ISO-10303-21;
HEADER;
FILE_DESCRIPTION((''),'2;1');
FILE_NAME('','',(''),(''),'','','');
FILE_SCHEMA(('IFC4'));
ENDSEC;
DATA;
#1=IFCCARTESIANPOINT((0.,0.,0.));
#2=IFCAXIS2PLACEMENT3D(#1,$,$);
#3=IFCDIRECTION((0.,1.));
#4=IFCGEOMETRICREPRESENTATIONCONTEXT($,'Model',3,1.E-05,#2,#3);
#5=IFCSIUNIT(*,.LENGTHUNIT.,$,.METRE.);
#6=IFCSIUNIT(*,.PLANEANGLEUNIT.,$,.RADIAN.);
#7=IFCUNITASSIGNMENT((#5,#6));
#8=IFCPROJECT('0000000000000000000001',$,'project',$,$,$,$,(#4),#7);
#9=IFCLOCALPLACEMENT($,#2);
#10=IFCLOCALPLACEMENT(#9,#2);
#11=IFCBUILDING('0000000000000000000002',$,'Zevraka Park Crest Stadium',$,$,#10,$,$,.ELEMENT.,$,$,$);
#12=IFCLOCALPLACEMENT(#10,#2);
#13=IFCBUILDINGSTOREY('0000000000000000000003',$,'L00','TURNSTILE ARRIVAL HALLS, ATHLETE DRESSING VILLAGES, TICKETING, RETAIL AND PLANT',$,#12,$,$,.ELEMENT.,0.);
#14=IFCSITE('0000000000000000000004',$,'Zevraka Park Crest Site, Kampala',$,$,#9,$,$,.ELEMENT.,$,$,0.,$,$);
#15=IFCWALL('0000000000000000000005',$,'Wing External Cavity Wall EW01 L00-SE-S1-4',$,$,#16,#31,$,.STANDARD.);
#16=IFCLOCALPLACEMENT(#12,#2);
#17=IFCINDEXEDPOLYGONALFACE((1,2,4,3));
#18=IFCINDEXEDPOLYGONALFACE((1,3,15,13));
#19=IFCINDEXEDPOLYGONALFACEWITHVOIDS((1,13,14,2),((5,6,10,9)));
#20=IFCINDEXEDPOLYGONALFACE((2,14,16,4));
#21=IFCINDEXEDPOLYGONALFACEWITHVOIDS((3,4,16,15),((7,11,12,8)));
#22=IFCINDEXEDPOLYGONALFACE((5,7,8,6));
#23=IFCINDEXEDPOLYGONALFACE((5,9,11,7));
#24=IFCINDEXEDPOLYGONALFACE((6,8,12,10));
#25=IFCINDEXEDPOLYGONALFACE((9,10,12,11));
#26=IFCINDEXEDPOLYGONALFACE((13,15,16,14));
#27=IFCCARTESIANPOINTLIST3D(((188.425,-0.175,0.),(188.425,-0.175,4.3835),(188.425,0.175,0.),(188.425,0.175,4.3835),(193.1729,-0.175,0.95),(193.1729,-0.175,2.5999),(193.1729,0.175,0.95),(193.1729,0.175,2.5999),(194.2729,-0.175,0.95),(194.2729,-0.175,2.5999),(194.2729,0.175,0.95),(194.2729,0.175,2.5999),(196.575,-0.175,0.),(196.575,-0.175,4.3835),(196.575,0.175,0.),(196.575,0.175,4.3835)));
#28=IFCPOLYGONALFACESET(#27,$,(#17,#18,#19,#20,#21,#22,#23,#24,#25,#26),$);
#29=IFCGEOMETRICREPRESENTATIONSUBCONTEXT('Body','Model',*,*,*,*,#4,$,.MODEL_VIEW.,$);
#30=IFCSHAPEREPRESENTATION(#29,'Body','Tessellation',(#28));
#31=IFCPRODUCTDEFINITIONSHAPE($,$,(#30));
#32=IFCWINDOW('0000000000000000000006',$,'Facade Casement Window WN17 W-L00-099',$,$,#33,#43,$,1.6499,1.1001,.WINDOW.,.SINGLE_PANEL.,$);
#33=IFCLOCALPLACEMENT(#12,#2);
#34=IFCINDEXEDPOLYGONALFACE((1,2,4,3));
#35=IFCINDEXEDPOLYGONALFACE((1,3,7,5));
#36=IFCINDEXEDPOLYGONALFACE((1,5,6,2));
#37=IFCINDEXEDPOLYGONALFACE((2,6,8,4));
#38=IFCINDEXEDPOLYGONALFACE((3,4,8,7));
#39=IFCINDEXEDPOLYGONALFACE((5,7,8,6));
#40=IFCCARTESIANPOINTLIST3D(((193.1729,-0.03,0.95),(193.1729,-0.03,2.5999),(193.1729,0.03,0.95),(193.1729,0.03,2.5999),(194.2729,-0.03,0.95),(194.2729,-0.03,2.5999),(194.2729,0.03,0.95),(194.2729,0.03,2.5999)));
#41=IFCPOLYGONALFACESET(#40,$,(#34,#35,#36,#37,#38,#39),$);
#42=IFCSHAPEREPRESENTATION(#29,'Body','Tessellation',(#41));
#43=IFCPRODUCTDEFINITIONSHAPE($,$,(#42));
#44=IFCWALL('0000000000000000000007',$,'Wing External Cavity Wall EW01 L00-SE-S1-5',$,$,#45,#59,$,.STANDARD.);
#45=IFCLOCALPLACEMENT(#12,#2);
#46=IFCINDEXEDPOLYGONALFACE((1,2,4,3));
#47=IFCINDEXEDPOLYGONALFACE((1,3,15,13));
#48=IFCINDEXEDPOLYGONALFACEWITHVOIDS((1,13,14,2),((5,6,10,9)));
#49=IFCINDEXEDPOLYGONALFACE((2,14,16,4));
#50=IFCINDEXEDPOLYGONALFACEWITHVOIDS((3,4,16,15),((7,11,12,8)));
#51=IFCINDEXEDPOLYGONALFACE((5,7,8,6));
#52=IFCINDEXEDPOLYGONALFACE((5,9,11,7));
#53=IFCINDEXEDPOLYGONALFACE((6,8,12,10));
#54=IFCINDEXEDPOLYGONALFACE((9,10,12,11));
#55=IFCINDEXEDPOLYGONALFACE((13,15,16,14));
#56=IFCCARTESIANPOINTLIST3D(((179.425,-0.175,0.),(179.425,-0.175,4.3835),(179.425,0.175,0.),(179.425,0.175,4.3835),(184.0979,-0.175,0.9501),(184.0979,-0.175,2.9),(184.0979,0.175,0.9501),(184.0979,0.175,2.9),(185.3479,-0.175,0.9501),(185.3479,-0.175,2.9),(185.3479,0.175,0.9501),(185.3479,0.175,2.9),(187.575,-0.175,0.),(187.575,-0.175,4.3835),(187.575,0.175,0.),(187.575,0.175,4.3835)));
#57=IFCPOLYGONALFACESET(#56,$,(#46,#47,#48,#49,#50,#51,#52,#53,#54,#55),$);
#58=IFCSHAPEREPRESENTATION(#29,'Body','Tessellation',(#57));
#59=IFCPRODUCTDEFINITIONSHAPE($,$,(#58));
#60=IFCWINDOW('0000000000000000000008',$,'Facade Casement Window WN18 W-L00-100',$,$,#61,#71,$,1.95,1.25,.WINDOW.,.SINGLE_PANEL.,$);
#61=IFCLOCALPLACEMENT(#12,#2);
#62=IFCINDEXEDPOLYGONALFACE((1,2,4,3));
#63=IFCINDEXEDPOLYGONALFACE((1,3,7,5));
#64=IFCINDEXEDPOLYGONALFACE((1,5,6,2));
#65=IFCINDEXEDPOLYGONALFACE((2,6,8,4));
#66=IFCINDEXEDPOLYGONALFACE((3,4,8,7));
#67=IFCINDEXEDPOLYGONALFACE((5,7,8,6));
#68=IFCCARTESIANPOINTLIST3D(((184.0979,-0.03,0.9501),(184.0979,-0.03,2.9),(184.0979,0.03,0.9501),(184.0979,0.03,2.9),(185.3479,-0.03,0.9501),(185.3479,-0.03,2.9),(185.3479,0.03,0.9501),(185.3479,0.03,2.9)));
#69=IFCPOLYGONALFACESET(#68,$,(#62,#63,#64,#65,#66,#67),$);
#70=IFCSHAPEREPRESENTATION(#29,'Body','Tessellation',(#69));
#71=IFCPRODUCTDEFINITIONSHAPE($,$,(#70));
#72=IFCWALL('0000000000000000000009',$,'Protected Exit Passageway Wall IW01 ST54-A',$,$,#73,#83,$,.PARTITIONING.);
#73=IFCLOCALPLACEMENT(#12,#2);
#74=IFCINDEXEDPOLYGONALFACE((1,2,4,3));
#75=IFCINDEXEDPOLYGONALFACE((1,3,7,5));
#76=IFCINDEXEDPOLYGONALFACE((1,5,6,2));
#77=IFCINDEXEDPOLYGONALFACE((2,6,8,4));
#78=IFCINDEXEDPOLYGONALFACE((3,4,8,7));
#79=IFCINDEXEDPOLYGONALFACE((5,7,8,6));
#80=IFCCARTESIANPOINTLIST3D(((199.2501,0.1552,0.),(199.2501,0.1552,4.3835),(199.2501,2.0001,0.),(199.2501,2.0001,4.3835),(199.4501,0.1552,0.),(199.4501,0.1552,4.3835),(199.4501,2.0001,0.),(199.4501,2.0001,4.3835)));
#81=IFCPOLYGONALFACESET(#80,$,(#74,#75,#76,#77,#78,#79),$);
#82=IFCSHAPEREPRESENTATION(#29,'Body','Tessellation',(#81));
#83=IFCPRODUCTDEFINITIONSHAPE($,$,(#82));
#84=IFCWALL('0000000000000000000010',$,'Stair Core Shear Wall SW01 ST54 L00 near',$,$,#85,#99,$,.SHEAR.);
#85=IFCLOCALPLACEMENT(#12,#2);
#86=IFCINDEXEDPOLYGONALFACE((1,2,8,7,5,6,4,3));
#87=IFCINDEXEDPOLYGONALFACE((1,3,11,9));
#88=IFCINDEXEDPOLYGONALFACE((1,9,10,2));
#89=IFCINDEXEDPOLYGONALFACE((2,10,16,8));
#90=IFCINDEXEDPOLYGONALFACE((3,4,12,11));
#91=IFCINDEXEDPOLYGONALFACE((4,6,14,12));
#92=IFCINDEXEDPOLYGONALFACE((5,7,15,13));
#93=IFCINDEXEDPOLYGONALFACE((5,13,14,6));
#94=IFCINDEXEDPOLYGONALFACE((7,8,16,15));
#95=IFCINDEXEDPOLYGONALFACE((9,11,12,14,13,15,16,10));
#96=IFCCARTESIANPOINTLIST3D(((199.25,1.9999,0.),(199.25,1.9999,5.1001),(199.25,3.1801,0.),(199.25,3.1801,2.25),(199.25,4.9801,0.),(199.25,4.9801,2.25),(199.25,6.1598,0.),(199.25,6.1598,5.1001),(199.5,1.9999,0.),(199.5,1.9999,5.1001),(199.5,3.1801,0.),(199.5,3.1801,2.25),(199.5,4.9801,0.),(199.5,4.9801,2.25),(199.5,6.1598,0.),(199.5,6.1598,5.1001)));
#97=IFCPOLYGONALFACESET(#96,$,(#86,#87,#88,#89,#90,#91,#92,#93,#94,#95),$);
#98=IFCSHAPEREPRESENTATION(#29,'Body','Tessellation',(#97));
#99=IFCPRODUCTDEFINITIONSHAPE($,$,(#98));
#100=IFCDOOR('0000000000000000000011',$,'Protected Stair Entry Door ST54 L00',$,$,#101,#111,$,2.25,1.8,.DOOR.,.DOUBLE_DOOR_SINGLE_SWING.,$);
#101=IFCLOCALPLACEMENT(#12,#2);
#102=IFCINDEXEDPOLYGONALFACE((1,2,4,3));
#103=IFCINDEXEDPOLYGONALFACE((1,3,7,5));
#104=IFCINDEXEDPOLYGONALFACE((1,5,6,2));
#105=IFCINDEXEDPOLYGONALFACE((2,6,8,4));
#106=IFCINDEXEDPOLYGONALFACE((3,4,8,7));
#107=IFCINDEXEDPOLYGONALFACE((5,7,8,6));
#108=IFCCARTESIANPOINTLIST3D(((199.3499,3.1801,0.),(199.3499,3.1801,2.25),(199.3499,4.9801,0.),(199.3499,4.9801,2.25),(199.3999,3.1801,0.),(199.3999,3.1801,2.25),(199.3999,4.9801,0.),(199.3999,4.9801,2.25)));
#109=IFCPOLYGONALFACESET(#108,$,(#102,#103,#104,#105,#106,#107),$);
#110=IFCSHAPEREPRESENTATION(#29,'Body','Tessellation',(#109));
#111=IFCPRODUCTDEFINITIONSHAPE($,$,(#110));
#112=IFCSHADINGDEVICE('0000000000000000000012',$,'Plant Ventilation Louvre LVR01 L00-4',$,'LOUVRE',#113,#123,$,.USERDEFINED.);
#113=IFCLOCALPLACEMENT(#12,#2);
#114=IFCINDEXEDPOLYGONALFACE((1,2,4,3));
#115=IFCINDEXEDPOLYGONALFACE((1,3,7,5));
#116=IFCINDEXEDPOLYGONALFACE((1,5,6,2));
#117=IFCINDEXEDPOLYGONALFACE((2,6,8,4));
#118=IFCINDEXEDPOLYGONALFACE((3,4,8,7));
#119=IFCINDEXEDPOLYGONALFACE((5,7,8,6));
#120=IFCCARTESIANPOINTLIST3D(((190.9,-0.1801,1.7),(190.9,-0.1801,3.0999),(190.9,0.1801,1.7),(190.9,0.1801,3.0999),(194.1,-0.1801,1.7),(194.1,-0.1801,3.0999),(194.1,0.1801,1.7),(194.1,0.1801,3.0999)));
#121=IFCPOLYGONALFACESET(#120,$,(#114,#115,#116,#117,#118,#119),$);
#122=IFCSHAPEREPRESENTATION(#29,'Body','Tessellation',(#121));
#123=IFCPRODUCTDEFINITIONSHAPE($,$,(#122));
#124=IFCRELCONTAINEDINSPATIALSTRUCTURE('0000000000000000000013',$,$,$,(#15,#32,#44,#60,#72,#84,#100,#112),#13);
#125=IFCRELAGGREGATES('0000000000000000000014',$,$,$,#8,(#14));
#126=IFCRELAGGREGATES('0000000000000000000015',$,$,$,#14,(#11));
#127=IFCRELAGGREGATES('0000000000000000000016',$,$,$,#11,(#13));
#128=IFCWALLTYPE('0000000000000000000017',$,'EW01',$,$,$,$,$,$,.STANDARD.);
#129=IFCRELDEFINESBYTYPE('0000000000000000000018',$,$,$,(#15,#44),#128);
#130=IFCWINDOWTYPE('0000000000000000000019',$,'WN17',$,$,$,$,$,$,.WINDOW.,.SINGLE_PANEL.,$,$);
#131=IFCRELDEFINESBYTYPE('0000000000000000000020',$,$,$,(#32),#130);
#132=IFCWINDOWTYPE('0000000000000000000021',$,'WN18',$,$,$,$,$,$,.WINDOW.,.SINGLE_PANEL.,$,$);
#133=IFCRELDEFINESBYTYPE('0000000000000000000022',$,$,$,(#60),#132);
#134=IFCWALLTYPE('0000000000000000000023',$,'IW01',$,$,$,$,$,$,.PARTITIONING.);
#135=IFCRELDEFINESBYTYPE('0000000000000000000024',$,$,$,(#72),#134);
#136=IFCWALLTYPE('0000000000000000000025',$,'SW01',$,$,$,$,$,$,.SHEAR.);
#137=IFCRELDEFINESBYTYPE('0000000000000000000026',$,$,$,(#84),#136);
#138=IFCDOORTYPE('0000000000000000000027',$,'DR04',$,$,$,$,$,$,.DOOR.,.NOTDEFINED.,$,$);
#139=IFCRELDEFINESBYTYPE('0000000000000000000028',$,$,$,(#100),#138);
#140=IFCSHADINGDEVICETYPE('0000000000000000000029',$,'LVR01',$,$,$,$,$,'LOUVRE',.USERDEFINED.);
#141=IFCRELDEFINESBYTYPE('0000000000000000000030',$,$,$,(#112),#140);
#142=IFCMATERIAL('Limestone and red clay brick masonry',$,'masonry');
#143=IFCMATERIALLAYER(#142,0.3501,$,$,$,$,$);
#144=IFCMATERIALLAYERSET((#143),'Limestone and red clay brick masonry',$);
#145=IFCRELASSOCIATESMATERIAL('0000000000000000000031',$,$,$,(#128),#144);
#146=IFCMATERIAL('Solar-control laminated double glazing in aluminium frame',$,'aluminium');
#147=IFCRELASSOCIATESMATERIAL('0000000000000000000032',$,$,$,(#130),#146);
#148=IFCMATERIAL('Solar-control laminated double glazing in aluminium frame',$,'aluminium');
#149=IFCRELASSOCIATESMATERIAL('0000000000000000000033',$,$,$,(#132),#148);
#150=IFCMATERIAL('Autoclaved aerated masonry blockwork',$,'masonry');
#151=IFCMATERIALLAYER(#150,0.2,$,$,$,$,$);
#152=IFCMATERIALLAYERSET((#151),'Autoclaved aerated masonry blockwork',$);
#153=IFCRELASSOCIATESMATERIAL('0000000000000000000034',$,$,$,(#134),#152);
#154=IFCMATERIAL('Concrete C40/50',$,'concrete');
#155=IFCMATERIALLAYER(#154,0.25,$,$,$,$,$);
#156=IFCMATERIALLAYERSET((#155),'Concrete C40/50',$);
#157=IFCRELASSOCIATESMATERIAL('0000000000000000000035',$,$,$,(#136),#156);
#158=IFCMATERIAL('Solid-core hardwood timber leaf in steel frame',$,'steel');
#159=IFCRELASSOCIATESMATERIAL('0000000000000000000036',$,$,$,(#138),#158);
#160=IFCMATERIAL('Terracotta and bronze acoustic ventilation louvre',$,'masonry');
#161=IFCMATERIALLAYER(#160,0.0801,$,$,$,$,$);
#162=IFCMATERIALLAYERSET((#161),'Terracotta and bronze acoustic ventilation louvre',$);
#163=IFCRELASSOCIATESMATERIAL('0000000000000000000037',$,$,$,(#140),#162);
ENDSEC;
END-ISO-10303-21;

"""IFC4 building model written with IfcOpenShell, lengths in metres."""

from ifc_helpers import new_model, si_unit, direction, frame, frame_2d, origin, origin_2d, place, context, subcontext, project, spatial, rectangle, extrude, material, layer, layer_set, type_object, element, fill, save


model = new_model("IFC4")

# Units and contexts
model_context = context("Model", 3, precision=1e-05, world=origin(), true_north=direction((0.0, 1.0)))
body_context = subcontext(model_context, "Body", "Model", "MODEL_VIEW")
ifc_project = project(units=[si_unit("LENGTHUNIT", "METRE"), si_unit("PLANEANGLEUNIT", "RADIAN")], contexts=[model_context])

# Site, building, storey
site_placement = place(None, origin())
site = spatial("IfcSite", under=ifc_project, at=site_placement, Name="Zevraka Park Crest Site, Kampala", CompositionType="ELEMENT", RefElevation=0.0)
building_placement = place(site_placement, origin())
building = spatial("IfcBuilding", under=site, at=building_placement, Name="Zevraka Park Crest Stadium", CompositionType="ELEMENT")
storey_placement = place(building_placement, origin())
storey = spatial("IfcBuildingStorey", under=building, at=storey_placement, Name="L00", Description="TURNSTILE ARRIVAL HALLS, ATHLETE DRESSING VILLAGES, TICKETING, RETAIL AND PLANT", CompositionType="ELEMENT", Elevation=0.0)

# Walls, openings, windows
ifc_material_1 = material(Name="Limestone and red clay brick masonry", Category="masonry")
ifc_layer_1 = layer(ifc_material_1, 0.3501)
ifc_layer_set_1 = layer_set([ifc_layer_1], Name="Limestone and red clay brick masonry")
wall_type_1 = type_object("IfcWallType", Name="EW01", PredefinedType="STANDARD", material=ifc_layer_set_1)
wall_1_placement = place(storey_placement, frame((196.575, 0.0, 0.0), z_axis=(0.0, 0.0, 1.0), x_axis=(-1.0, 0.0, 0.0)))
wall_1 = element("IfcWall", 1, at=wall_1_placement, inside=storey, type_object=wall_type_1, Name="Wing External Cavity Wall EW01 L00-SE-S1-4", PredefinedType="STANDARD", context=body_context, shape_type="SweptSolid", body=[
    extrude(rectangle(XDim=8.1499, YDim=0.3501, at=frame_2d((4.075, 0.0))), origin(), (0.0, 0.0, 1.0), 4.3835),
])
opening_1_placement = place(wall_1_placement, frame((2.302, 0.0, 0.95)))
opening_1 = element("IfcOpeningElement", 2, at=opening_1_placement, cuts=wall_1, PredefinedType="OPENING", context=body_context, shape_type="SweptSolid", body=[
    extrude(rectangle(XDim=1.1001, YDim=1.6499, at=frame_2d((0.55, 0.825))), frame((0.0, 0.1851, 0.0), z_axis=(0.0, -1.0, 0.0), x_axis=(1.0, 0.0, 0.0)), (0.0, 0.0, 1.0), 0.3701),
])
ifc_material_2 = material(Name="Solar-control laminated double glazing in aluminium frame", Category="aluminium")
window_type_1 = type_object("IfcWindowType", Name="WN17", PartitioningType="SINGLE_PANEL", PredefinedType="WINDOW", material=ifc_material_2)
window_1_placement = place(opening_1_placement, origin())
window_1 = element("IfcWindow", 3, at=window_1_placement, inside=storey, type_object=window_type_1, Name="Facade Casement Window WN17 W-L00-099", OverallHeight=1.6499, OverallWidth=1.1001, PartitioningType="SINGLE_PANEL", PredefinedType="WINDOW", context=body_context, shape_type="SweptSolid", body=[
    extrude(rectangle(XDim=1.1001, YDim=1.6499, at=frame_2d((0.55, 0.825))), frame((0.0, 0.03, 0.0), z_axis=(0.0, -1.0, 0.0), x_axis=(1.0, 0.0, 0.0)), (0.0, 0.0, 1.0), 0.0601),
])
fill(opening_1, window_1)
wall_2_placement = place(storey_placement, frame((187.575, 0.0, 0.0), z_axis=(0.0, 0.0, 1.0), x_axis=(-1.0, 0.0, 0.0)))
wall_2 = element("IfcWall", 4, at=wall_2_placement, inside=storey, type_object=wall_type_1, Name="Wing External Cavity Wall EW01 L00-SE-S1-5", PredefinedType="STANDARD", context=body_context, shape_type="SweptSolid", body=[
    extrude(rectangle(XDim=8.1499, YDim=0.3501, at=frame_2d((4.075, 0.0))), origin(), (0.0, 0.0, 1.0), 4.3835),
])
opening_2_placement = place(wall_2_placement, frame((2.2271, 0.0, 0.95)))
opening_2 = element("IfcOpeningElement", 5, at=opening_2_placement, cuts=wall_2, PredefinedType="OPENING", context=body_context, shape_type="SweptSolid", body=[
    extrude(rectangle(XDim=1.25, YDim=1.95, at=frame_2d((0.625, 0.9751))), frame((0.0, 0.1851, 0.0), z_axis=(0.0, -1.0, 0.0), x_axis=(1.0, 0.0, 0.0)), (0.0, 0.0, 1.0), 0.3701),
])
ifc_material_3 = material(Name="Solar-control laminated double glazing in aluminium frame", Category="aluminium")
window_type_2 = type_object("IfcWindowType", Name="WN18", PartitioningType="SINGLE_PANEL", PredefinedType="WINDOW", material=ifc_material_3)
window_2_placement = place(opening_2_placement, origin())
window_2 = element("IfcWindow", 6, at=window_2_placement, inside=storey, type_object=window_type_2, Name="Facade Casement Window WN18 W-L00-100", OverallHeight=1.95, OverallWidth=1.25, PartitioningType="SINGLE_PANEL", PredefinedType="WINDOW", context=body_context, shape_type="SweptSolid", body=[
    extrude(rectangle(XDim=1.25, YDim=1.95, at=frame_2d((0.625, 0.9751))), frame((0.0, 0.03, 0.0), z_axis=(0.0, -1.0, 0.0), x_axis=(1.0, 0.0, 0.0)), (0.0, 0.0, 1.0), 0.0601),
])
fill(opening_2, window_2)

# Wall
ifc_material_4 = material(Name="Autoclaved aerated masonry blockwork", Category="masonry")
ifc_layer_2 = layer(ifc_material_4, 0.2)
ifc_layer_set_2 = layer_set([ifc_layer_2], Name="Autoclaved aerated masonry blockwork")
wall_type_2 = type_object("IfcWallType", Name="IW01", PredefinedType="PARTITIONING", material=ifc_layer_set_2)
wall_3_placement = place(storey_placement, frame((199.3501, 2.0, 0.0), z_axis=(0.0, 0.0, 1.0), x_axis=(0.0, -1.0, 0.0)))
element("IfcWall", 7, at=wall_3_placement, inside=storey, type_object=wall_type_2, Name="Protected Exit Passageway Wall IW01 ST54-A", PredefinedType="PARTITIONING", context=body_context, shape_type="SweptSolid", body=[
    extrude(rectangle(XDim=1.845, YDim=0.2, at=frame_2d((0.9224, 0.0))), origin(), (0.0, 0.0, 1.0), 4.3835),
])

# Wall, opening, door
ifc_material_5 = material(Name="Concrete C40/50", Category="concrete")
ifc_layer_3 = layer(ifc_material_5, 0.25)
ifc_layer_set_3 = layer_set([ifc_layer_3], Name="Concrete C40/50")
wall_type_3 = type_object("IfcWallType", Name="SW01", PredefinedType="SHEAR", material=ifc_layer_set_3)
wall_4_placement = place(storey_placement, frame((199.375, 6.1599, 0.0), z_axis=(0.0, 0.0, 1.0), x_axis=(0.0, -1.0, 0.0)))
wall_4 = element("IfcWall", 8, at=wall_4_placement, inside=storey, type_object=wall_type_3, Name="Stair Core Shear Wall SW01 ST54 L00 near", PredefinedType="SHEAR", context=body_context, shape_type="SweptSolid", body=[
    extrude(rectangle(XDim=4.1599, YDim=0.25, at=frame_2d((2.0801, 0.0))), origin(), (0.0, 0.0, 1.0), 5.1001),
])
opening_3_placement = place(wall_4_placement, frame((1.1799, 0.0, 0.0)))
opening_3 = element("IfcOpeningElement", 9, at=opening_3_placement, cuts=wall_4, PredefinedType="OPENING", context=body_context, shape_type="SweptSolid", body=[
    extrude(rectangle(XDim=1.8, YDim=2.25, at=frame_2d((0.8999, 1.125))), frame((0.0, 0.135, 0.0), z_axis=(0.0, -1.0, 0.0), x_axis=(1.0, 0.0, 0.0)), (0.0, 0.0, 1.0), 0.27),
])
ifc_material_6 = material(Name="Solid-core hardwood timber leaf in steel frame", Category="steel")
door_type = type_object("IfcDoorType", Name="DR04", OperationType="NOTDEFINED", PredefinedType="DOOR", material=ifc_material_6)
door_placement = place(opening_3_placement, origin())
door = element("IfcDoor", 10, at=door_placement, inside=storey, type_object=door_type, Name="Protected Stair Entry Door ST54 L00", OperationType="DOUBLE_DOOR_SINGLE_SWING", OverallHeight=2.25, OverallWidth=1.8, PredefinedType="DOOR", context=body_context, shape_type="SweptSolid", body=[
    extrude(rectangle(XDim=1.8, YDim=2.25, at=frame_2d((0.8999, 1.125))), frame((0.0, 0.0249, 0.0), z_axis=(0.0, -1.0, 0.0), x_axis=(1.0, 0.0, 0.0)), (0.0, 0.0, 1.0), 0.05),
])
fill(opening_3, door)

# Shading device
ifc_material_7 = material(Name="Terracotta and bronze acoustic ventilation louvre", Category="masonry")
ifc_layer_4 = layer(ifc_material_7, 0.0801)
ifc_layer_set_4 = layer_set([ifc_layer_4], Name="Terracotta and bronze acoustic ventilation louvre")
shading_device_type = type_object("IfcShadingDeviceType", Name="LVR01", ElementType="LOUVRE", PredefinedType="USERDEFINED", material=ifc_layer_set_4)
shading_device_placement = place(storey_placement, frame((192.5, 0.0, 1.7), z_axis=(0.0, 0.0, 1.0), x_axis=(-1.0, 0.0, 0.0)))
element("IfcShadingDevice", 11, at=shading_device_placement, inside=storey, type_object=shading_device_type, Name="Plant Ventilation Louvre LVR01 L00-4", ObjectType="LOUVRE", PredefinedType="USERDEFINED", context=body_context, shape_type="SweptSolid", body=[
    extrude(rectangle(XDim=3.2, YDim=0.3601, at=origin_2d()), origin(), (0.0, 0.0, 1.0), 1.3999),
])

save(model, "model.ifc")
